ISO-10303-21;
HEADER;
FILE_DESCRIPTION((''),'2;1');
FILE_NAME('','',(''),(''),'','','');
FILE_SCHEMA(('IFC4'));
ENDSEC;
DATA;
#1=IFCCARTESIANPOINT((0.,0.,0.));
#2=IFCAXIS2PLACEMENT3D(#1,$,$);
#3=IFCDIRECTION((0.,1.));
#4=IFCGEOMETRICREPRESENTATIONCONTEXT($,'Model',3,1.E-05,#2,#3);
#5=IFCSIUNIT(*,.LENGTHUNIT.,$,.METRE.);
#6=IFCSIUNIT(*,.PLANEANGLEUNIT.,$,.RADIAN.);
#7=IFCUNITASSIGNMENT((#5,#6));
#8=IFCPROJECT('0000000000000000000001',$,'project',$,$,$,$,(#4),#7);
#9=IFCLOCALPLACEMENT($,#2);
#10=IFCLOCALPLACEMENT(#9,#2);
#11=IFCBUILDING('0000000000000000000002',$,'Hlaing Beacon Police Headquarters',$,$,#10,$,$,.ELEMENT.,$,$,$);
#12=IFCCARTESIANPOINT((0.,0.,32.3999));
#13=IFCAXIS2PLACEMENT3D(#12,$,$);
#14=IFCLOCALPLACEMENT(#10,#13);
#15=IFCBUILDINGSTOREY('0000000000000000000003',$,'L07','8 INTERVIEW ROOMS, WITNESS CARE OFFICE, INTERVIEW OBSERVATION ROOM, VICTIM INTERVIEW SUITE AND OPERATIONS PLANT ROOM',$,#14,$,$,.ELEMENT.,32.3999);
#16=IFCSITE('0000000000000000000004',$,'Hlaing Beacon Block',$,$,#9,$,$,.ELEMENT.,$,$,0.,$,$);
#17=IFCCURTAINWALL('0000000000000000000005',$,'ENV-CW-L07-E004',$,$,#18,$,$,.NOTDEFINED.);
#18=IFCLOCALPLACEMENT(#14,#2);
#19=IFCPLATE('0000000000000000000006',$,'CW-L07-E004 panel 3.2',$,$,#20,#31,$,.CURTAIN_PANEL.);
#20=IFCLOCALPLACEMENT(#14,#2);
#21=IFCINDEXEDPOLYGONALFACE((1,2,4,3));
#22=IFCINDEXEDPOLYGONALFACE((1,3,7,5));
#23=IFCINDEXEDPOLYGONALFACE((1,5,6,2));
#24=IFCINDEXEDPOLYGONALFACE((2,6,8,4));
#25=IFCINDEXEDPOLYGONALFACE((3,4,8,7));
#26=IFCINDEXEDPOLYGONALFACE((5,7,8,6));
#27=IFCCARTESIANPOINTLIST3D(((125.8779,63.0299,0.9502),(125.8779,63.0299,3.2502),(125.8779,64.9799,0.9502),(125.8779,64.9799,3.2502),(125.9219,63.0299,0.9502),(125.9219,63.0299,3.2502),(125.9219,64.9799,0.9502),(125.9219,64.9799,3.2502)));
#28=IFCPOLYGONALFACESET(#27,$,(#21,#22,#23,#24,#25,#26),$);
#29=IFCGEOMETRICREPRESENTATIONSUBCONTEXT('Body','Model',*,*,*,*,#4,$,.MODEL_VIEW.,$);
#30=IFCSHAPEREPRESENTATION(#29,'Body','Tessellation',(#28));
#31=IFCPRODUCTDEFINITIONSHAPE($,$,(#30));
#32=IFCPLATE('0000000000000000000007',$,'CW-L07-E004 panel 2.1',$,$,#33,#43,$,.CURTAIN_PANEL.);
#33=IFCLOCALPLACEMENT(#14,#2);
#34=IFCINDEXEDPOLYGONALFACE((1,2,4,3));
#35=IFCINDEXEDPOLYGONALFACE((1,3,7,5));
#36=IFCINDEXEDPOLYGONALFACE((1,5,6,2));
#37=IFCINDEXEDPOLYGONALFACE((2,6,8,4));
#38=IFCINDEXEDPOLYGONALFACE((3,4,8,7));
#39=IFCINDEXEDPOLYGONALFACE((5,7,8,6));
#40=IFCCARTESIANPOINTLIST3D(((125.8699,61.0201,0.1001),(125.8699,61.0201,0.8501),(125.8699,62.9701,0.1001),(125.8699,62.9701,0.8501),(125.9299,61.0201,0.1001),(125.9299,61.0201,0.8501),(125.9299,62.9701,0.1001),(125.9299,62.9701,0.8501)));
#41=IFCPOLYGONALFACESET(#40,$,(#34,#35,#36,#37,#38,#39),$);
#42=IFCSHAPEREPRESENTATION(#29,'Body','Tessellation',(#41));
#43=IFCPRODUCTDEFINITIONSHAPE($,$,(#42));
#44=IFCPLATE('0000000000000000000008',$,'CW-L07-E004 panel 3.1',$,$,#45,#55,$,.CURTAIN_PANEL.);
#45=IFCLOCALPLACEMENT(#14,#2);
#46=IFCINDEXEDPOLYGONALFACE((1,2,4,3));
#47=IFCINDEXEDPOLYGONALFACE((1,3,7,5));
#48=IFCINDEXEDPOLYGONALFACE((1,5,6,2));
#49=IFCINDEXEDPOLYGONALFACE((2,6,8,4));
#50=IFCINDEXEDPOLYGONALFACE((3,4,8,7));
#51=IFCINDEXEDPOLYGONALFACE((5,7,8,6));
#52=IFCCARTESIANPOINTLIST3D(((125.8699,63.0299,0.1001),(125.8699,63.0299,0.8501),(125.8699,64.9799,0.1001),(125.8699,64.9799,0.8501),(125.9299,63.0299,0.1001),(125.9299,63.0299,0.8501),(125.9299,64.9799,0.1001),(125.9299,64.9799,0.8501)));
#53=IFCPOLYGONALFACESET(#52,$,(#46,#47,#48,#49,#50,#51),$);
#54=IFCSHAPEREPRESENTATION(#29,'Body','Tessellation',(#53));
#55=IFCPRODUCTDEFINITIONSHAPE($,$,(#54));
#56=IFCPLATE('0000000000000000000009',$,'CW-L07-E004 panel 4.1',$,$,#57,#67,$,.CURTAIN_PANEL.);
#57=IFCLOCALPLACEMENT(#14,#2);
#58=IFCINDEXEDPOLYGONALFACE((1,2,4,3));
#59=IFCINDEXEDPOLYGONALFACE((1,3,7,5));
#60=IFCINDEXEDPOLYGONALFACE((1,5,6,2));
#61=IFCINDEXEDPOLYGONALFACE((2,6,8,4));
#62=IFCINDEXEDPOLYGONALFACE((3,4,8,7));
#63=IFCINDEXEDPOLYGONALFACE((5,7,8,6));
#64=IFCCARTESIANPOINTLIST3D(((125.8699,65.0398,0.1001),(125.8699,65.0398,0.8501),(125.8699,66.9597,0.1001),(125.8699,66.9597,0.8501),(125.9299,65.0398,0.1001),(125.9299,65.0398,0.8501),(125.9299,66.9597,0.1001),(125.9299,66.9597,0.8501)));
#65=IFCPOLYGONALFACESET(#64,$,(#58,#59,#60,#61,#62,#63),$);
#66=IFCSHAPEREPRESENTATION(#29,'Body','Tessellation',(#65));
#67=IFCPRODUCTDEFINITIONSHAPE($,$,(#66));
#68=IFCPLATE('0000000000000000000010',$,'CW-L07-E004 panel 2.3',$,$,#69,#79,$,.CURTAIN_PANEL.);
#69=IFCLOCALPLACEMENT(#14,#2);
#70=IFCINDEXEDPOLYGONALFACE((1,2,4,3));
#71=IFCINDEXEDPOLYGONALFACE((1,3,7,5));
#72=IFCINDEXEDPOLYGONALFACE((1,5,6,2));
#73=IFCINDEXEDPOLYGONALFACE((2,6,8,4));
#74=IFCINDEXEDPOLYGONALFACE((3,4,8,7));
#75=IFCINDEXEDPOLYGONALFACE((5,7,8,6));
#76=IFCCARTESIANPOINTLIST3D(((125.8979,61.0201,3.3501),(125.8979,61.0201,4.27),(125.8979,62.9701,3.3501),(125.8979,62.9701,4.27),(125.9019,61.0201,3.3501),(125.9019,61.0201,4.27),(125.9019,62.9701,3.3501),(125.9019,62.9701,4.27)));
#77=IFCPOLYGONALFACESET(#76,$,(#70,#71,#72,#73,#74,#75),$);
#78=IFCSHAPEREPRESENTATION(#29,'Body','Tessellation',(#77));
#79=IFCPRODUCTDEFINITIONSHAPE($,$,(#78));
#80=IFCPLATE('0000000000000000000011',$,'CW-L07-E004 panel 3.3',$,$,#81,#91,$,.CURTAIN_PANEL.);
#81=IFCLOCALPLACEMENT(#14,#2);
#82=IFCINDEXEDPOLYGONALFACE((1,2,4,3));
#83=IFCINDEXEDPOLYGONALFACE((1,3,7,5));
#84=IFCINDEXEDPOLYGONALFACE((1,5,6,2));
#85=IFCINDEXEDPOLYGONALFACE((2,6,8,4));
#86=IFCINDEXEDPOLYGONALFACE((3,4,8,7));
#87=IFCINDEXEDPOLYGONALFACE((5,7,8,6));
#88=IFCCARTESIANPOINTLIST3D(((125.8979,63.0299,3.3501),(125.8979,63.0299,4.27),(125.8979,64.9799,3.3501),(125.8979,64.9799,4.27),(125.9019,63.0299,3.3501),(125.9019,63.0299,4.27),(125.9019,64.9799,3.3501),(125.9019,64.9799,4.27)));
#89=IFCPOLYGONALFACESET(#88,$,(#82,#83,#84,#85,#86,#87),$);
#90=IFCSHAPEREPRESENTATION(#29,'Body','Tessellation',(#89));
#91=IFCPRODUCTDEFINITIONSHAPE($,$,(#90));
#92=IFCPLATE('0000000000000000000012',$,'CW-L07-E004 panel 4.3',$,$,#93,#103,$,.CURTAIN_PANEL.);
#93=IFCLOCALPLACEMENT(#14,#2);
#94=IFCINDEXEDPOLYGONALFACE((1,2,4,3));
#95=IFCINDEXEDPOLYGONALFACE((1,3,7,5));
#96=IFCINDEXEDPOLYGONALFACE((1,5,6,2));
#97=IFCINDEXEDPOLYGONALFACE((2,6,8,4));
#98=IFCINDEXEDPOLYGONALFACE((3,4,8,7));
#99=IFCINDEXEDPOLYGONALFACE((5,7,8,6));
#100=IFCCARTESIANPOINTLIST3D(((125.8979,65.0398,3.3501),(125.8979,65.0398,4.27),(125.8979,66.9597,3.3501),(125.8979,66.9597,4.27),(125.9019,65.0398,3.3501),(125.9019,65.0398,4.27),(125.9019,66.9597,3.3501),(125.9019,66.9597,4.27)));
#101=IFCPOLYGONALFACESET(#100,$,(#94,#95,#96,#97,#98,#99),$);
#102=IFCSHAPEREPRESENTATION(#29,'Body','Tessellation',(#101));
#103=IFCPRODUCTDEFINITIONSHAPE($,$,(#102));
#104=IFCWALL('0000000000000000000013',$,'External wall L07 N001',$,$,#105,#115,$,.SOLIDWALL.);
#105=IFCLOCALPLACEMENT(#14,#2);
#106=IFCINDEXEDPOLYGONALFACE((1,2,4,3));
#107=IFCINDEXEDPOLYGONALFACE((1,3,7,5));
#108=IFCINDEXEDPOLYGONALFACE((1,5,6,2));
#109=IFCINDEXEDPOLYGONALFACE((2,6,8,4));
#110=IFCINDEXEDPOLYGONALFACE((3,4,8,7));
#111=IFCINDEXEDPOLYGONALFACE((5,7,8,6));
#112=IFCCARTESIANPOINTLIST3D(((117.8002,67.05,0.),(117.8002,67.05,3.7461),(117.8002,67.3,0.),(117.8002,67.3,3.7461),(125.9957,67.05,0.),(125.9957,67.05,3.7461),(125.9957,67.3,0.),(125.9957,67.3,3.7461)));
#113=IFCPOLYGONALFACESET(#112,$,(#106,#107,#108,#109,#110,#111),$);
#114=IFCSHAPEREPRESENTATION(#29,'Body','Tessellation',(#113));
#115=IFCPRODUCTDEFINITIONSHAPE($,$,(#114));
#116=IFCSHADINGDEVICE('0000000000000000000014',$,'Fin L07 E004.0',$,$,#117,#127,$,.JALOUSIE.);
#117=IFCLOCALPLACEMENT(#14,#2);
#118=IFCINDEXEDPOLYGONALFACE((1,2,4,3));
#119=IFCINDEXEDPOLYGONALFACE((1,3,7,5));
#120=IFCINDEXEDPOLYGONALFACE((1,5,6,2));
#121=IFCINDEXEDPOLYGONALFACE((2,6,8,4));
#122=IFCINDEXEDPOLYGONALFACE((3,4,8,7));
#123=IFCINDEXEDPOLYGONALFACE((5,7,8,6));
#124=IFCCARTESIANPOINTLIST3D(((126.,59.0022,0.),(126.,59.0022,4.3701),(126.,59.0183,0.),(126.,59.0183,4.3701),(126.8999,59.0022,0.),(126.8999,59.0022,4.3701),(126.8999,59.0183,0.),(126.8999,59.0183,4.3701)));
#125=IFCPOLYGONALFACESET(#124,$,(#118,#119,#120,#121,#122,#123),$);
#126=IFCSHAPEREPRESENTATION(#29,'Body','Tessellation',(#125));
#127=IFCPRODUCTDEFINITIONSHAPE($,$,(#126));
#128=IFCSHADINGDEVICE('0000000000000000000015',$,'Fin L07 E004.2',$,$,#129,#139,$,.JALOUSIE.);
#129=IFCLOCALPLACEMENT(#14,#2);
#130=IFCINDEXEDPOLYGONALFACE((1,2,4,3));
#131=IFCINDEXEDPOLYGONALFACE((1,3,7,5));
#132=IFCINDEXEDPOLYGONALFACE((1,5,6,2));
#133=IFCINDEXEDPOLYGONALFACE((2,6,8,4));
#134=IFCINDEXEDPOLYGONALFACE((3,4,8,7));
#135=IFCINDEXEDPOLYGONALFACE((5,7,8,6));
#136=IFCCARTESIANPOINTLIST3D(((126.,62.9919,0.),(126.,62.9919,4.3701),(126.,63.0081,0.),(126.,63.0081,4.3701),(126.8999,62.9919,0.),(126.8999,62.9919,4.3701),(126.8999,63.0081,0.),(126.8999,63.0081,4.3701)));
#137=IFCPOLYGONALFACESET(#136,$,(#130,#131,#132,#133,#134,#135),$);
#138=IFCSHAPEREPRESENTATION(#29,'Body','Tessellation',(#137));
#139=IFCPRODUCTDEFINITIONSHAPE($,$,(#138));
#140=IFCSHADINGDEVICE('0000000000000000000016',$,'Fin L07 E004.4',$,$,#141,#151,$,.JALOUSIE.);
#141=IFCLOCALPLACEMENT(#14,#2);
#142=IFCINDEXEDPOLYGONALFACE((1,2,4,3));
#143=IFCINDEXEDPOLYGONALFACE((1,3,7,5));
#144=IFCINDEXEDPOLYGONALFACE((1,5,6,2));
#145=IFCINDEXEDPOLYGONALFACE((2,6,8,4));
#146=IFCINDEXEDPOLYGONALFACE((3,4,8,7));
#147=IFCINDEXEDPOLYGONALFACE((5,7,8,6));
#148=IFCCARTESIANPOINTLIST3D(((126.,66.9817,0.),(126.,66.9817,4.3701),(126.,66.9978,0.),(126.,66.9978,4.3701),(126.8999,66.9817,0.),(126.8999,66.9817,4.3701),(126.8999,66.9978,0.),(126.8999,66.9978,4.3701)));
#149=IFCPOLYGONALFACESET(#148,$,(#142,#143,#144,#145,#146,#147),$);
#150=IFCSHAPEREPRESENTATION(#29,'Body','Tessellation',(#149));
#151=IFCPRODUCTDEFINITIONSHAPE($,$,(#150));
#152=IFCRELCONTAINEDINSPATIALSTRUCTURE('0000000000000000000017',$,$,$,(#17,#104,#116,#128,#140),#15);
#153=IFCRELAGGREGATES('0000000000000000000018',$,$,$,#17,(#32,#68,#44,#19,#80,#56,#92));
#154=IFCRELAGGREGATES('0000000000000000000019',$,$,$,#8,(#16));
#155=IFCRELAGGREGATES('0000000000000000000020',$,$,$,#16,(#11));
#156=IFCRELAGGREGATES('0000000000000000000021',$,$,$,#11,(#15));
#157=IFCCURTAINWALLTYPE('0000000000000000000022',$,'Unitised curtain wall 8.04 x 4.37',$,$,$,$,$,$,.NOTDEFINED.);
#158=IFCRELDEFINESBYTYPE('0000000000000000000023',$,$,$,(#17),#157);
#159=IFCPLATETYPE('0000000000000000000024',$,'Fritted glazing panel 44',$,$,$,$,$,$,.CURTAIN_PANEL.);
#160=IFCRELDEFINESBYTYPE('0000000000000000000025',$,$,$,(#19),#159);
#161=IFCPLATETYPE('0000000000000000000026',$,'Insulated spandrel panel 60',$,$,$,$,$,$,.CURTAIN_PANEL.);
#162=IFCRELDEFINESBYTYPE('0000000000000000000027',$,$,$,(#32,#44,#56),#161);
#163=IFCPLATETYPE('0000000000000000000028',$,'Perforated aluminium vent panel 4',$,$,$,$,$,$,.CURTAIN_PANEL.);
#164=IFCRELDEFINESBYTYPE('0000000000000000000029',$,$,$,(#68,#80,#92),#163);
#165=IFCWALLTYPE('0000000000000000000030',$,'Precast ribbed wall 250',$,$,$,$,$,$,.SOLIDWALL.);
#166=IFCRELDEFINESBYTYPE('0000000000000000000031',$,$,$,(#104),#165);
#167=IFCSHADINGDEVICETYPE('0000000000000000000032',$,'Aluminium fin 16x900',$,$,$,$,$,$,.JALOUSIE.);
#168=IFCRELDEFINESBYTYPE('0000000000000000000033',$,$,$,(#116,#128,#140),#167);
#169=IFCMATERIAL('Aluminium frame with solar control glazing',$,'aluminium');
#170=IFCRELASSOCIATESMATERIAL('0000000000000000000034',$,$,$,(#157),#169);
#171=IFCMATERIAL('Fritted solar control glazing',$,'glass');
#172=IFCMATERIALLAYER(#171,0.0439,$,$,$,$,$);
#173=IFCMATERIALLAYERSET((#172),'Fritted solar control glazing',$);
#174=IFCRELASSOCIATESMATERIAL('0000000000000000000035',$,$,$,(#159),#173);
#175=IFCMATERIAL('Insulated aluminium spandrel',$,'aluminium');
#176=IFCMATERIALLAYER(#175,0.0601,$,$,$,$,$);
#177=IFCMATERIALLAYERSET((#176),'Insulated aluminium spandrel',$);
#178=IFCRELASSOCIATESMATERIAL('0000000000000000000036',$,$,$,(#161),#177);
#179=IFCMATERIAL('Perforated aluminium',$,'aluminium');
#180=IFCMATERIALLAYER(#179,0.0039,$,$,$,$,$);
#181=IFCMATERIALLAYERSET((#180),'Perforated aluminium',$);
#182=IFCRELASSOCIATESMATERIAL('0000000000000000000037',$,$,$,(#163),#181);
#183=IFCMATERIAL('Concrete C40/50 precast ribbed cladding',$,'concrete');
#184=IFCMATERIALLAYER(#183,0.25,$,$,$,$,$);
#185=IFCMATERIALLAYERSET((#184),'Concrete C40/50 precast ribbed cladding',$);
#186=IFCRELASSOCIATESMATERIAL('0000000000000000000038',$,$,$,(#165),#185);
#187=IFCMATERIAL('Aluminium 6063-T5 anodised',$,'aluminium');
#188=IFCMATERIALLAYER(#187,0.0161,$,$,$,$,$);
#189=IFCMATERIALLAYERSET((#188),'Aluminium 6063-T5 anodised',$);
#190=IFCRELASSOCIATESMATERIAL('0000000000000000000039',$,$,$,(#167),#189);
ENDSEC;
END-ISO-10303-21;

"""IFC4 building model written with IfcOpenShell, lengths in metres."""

from ifc_helpers import new_model, si_unit, direction, frame, frame_2d, origin, origin_2d, place, context, subcontext, project, spatial, rectangle, extrude, material, layer, layer_set, type_object, element, aggregate, save


model = new_model("IFC4")

# Units and contexts
model_context = context("Model", 3, precision=1e-05, world=origin(), true_north=direction((0.0, 1.0)))
body_context = subcontext(model_context, "Body", "Model", "MODEL_VIEW")
ifc_project = project(units=[si_unit("LENGTHUNIT", "METRE"), si_unit("PLANEANGLEUNIT", "RADIAN")], contexts=[model_context])

# Site, building, storey
site_placement = place(None, origin())
site = spatial("IfcSite", under=ifc_project, at=site_placement, Name="Hlaing Beacon Block", CompositionType="ELEMENT", RefElevation=0.0)
building_placement = place(site_placement, origin())
building = spatial("IfcBuilding", under=site, at=building_placement, Name="Hlaing Beacon Police Headquarters", CompositionType="ELEMENT")
storey_placement = place(building_placement, frame((0.0, 0.0, 32.3999)))
storey = spatial("IfcBuildingStorey", under=building, at=storey_placement, Name="L07", Description="8 INTERVIEW ROOMS, WITNESS CARE OFFICE, INTERVIEW OBSERVATION ROOM, VICTIM INTERVIEW SUITE AND OPERATIONS PLANT ROOM", CompositionType="ELEMENT", Elevation=32.3999)

# Curtain wall, plates
ifc_material_1 = material(Name="Aluminium frame with solar control glazing", Category="aluminium")
curtain_wall_type = type_object("IfcCurtainWallType", Name="Unitised curtain wall 8.04 x 4.37", PredefinedType="NOTDEFINED", material=ifc_material_1)
curtain_wall_placement = place(storey_placement, origin())
curtain_wall = element("IfcCurtainWall", 1, at=curtain_wall_placement, inside=storey, type_object=curtain_wall_type, Name="ENV-CW-L07-E004", PredefinedType="NOTDEFINED")
ifc_material_2 = material(Name="Fritted solar control glazing", Category="glass")
ifc_layer_1 = layer(ifc_material_2, 0.0439)
ifc_layer_set_1 = layer_set([ifc_layer_1], Name="Fritted solar control glazing")
plate_type_1 = type_object("IfcPlateType", Name="Fritted glazing panel 44", PredefinedType="CURTAIN_PANEL", material=ifc_layer_set_1)
plate_1_placement = place(storey_placement, frame((125.8999, 64.0049, 0.9502), z_axis=(0.0, 0.0, 1.0), x_axis=(0.0, 1.0, 0.0)))
plate_1 = element("IfcPlate", 2, at=plate_1_placement, type_object=plate_type_1, Name="CW-L07-E004 panel 3.2", PredefinedType="CURTAIN_PANEL", context=body_context, shape_type="SweptSolid", body=[
    extrude(rectangle(XDim=1.95, YDim=0.0439, at=origin_2d()), origin(), (0.0, 0.0, 1.0), 2.3),
])
ifc_material_3 = material(Name="Insulated aluminium spandrel", Category="aluminium")
ifc_layer_2 = layer(ifc_material_3, 0.0601)
ifc_layer_set_2 = layer_set([ifc_layer_2], Name="Insulated aluminium spandrel")
plate_type_2 = type_object("IfcPlateType", Name="Insulated spandrel panel 60", PredefinedType="CURTAIN_PANEL", material=ifc_layer_set_2)
plate_2_placement = place(storey_placement, frame((125.8999, 61.9951, 0.1001), z_axis=(0.0, 0.0, 1.0), x_axis=(0.0, 1.0, 0.0)))
plate_2 = element("IfcPlate", 3, at=plate_2_placement, type_object=plate_type_2, Name="CW-L07-E004 panel 2.1", PredefinedType="CURTAIN_PANEL", context=body_context, shape_type="SweptSolid", body=[
    extrude(rectangle(XDim=1.95, YDim=0.0601, at=origin_2d()), origin(), (0.0, 0.0, 1.0), 0.75),
])
plate_3_placement = place(storey_placement, frame((125.8999, 64.0049, 0.1001), z_axis=(0.0, 0.0, 1.0), x_axis=(0.0, 1.0, 0.0)))
plate_3 = element("IfcPlate", 4, at=plate_3_placement, type_object=plate_type_2, Name="CW-L07-E004 panel 3.1", PredefinedType="CURTAIN_PANEL", context=body_context, shape_type="SweptSolid", body=[
    extrude(rectangle(XDim=1.95, YDim=0.0601, at=origin_2d()), origin(), (0.0, 0.0, 1.0), 0.75),
])
plate_4_placement = place(storey_placement, frame((125.8999, 65.9998, 0.1001), z_axis=(0.0, 0.0, 1.0), x_axis=(0.0, 1.0, 0.0)))
plate_4 = element("IfcPlate", 5, at=plate_4_placement, type_object=plate_type_2, Name="CW-L07-E004 panel 4.1", PredefinedType="CURTAIN_PANEL", context=body_context, shape_type="SweptSolid", body=[
    extrude(rectangle(XDim=1.9199, YDim=0.0601, at=origin_2d()), origin(), (0.0, 0.0, 1.0), 0.75),
])
ifc_material_4 = material(Name="Perforated aluminium", Category="aluminium")
ifc_layer_3 = layer(ifc_material_4, 0.0039)
ifc_layer_set_3 = layer_set([ifc_layer_3], Name="Perforated aluminium")
plate_type_3 = type_object("IfcPlateType", Name="Perforated aluminium vent panel 4", PredefinedType="CURTAIN_PANEL", material=ifc_layer_set_3)
plate_5_placement = place(storey_placement, frame((125.8999, 61.9951, 3.3501), z_axis=(0.0, 0.0, 1.0), x_axis=(0.0, 1.0, 0.0)))
plate_5 = element("IfcPlate", 6, at=plate_5_placement, type_object=plate_type_3, Name="CW-L07-E004 panel 2.3", PredefinedType="CURTAIN_PANEL", context=body_context, shape_type="SweptSolid", body=[
    extrude(rectangle(XDim=1.95, YDim=0.0039, at=origin_2d()), origin(), (0.0, 0.0, 1.0), 0.9199),
])
plate_6_placement = place(storey_placement, frame((125.8999, 64.0049, 3.3501), z_axis=(0.0, 0.0, 1.0), x_axis=(0.0, 1.0, 0.0)))
plate_6 = element("IfcPlate", 7, at=plate_6_placement, type_object=plate_type_3, Name="CW-L07-E004 panel 3.3", PredefinedType="CURTAIN_PANEL", context=body_context, shape_type="SweptSolid", body=[
    extrude(rectangle(XDim=1.95, YDim=0.0039, at=origin_2d()), origin(), (0.0, 0.0, 1.0), 0.9199),
])
plate_7_placement = place(storey_placement, frame((125.8999, 65.9998, 3.3501), z_axis=(0.0, 0.0, 1.0), x_axis=(0.0, 1.0, 0.0)))
plate_7 = element("IfcPlate", 8, at=plate_7_placement, type_object=plate_type_3, Name="CW-L07-E004 panel 4.3", PredefinedType="CURTAIN_PANEL", context=body_context, shape_type="SweptSolid", body=[
    extrude(rectangle(XDim=1.9199, YDim=0.0039, at=origin_2d()), origin(), (0.0, 0.0, 1.0), 0.9199),
])
aggregate(curtain_wall, [plate_2, plate_5, plate_3, plate_1, plate_6, plate_4, plate_7])

# Wall
ifc_material_5 = material(Name="Concrete C40/50 precast ribbed cladding", Category="concrete")
ifc_layer_4 = layer(ifc_material_5, 0.25)
ifc_layer_set_4 = layer_set([ifc_layer_4], Name="Concrete C40/50 precast ribbed cladding")
wall_type = type_object("IfcWallType", Name="Precast ribbed wall 250", PredefinedType="SOLIDWALL", material=ifc_layer_set_4)
wall_placement = place(storey_placement, frame((125.9956, 67.175, 0.0), z_axis=(0.0, 0.0, 1.0), x_axis=(-1.0, 0.0, 0.0)))
element("IfcWall", 9, at=wall_placement, inside=storey, type_object=wall_type, Name="External wall L07 N001", PredefinedType="SOLIDWALL", context=body_context, shape_type="SweptSolid", body=[
    extrude(rectangle(XDim=8.1956, YDim=0.25, at=frame_2d((4.0977, 0.0))), origin(), (0.0, 0.0, 1.0), 3.7461),
])

# Shading devices
ifc_material_6 = material(Name="Aluminium 6063-T5 anodised", Category="aluminium")
ifc_layer_5 = layer(ifc_material_6, 0.0161)
ifc_layer_set_5 = layer_set([ifc_layer_5], Name="Aluminium 6063-T5 anodised")
shading_device_type = type_object("IfcShadingDeviceType", Name="Aluminium fin 16x900", PredefinedType="JALOUSIE", material=ifc_layer_set_5)
for number, where, z_axis, x_axis, name in (
    (10, (126.45, 59.0103, 0.0), (0.0, 0.0, 1.0), (0.0, 1.0, 0.0), "Fin L07 E004.0"),
    (11, (126.45, 63.0, 0.0), (0.0, 0.0, 1.0), (0.0, 1.0, 0.0), "Fin L07 E004.2"),
    (12, (126.45, 66.9897, 0.0), (0.0, 0.0, 1.0), (0.0, 1.0, 0.0), "Fin L07 E004.4"),
):
    element("IfcShadingDevice", number, at=place(storey_placement, frame(where, z_axis=z_axis, x_axis=x_axis)), inside=storey, type_object=shading_device_type, Name=name, PredefinedType="JALOUSIE", context=body_context, shape_type="SweptSolid", body=[
        extrude(rectangle(XDim=0.0161, YDim=0.8999, at=origin_2d()), origin(), (0.0, 0.0, 1.0), 4.3701),
    ])

save(model, "model.ifc")
